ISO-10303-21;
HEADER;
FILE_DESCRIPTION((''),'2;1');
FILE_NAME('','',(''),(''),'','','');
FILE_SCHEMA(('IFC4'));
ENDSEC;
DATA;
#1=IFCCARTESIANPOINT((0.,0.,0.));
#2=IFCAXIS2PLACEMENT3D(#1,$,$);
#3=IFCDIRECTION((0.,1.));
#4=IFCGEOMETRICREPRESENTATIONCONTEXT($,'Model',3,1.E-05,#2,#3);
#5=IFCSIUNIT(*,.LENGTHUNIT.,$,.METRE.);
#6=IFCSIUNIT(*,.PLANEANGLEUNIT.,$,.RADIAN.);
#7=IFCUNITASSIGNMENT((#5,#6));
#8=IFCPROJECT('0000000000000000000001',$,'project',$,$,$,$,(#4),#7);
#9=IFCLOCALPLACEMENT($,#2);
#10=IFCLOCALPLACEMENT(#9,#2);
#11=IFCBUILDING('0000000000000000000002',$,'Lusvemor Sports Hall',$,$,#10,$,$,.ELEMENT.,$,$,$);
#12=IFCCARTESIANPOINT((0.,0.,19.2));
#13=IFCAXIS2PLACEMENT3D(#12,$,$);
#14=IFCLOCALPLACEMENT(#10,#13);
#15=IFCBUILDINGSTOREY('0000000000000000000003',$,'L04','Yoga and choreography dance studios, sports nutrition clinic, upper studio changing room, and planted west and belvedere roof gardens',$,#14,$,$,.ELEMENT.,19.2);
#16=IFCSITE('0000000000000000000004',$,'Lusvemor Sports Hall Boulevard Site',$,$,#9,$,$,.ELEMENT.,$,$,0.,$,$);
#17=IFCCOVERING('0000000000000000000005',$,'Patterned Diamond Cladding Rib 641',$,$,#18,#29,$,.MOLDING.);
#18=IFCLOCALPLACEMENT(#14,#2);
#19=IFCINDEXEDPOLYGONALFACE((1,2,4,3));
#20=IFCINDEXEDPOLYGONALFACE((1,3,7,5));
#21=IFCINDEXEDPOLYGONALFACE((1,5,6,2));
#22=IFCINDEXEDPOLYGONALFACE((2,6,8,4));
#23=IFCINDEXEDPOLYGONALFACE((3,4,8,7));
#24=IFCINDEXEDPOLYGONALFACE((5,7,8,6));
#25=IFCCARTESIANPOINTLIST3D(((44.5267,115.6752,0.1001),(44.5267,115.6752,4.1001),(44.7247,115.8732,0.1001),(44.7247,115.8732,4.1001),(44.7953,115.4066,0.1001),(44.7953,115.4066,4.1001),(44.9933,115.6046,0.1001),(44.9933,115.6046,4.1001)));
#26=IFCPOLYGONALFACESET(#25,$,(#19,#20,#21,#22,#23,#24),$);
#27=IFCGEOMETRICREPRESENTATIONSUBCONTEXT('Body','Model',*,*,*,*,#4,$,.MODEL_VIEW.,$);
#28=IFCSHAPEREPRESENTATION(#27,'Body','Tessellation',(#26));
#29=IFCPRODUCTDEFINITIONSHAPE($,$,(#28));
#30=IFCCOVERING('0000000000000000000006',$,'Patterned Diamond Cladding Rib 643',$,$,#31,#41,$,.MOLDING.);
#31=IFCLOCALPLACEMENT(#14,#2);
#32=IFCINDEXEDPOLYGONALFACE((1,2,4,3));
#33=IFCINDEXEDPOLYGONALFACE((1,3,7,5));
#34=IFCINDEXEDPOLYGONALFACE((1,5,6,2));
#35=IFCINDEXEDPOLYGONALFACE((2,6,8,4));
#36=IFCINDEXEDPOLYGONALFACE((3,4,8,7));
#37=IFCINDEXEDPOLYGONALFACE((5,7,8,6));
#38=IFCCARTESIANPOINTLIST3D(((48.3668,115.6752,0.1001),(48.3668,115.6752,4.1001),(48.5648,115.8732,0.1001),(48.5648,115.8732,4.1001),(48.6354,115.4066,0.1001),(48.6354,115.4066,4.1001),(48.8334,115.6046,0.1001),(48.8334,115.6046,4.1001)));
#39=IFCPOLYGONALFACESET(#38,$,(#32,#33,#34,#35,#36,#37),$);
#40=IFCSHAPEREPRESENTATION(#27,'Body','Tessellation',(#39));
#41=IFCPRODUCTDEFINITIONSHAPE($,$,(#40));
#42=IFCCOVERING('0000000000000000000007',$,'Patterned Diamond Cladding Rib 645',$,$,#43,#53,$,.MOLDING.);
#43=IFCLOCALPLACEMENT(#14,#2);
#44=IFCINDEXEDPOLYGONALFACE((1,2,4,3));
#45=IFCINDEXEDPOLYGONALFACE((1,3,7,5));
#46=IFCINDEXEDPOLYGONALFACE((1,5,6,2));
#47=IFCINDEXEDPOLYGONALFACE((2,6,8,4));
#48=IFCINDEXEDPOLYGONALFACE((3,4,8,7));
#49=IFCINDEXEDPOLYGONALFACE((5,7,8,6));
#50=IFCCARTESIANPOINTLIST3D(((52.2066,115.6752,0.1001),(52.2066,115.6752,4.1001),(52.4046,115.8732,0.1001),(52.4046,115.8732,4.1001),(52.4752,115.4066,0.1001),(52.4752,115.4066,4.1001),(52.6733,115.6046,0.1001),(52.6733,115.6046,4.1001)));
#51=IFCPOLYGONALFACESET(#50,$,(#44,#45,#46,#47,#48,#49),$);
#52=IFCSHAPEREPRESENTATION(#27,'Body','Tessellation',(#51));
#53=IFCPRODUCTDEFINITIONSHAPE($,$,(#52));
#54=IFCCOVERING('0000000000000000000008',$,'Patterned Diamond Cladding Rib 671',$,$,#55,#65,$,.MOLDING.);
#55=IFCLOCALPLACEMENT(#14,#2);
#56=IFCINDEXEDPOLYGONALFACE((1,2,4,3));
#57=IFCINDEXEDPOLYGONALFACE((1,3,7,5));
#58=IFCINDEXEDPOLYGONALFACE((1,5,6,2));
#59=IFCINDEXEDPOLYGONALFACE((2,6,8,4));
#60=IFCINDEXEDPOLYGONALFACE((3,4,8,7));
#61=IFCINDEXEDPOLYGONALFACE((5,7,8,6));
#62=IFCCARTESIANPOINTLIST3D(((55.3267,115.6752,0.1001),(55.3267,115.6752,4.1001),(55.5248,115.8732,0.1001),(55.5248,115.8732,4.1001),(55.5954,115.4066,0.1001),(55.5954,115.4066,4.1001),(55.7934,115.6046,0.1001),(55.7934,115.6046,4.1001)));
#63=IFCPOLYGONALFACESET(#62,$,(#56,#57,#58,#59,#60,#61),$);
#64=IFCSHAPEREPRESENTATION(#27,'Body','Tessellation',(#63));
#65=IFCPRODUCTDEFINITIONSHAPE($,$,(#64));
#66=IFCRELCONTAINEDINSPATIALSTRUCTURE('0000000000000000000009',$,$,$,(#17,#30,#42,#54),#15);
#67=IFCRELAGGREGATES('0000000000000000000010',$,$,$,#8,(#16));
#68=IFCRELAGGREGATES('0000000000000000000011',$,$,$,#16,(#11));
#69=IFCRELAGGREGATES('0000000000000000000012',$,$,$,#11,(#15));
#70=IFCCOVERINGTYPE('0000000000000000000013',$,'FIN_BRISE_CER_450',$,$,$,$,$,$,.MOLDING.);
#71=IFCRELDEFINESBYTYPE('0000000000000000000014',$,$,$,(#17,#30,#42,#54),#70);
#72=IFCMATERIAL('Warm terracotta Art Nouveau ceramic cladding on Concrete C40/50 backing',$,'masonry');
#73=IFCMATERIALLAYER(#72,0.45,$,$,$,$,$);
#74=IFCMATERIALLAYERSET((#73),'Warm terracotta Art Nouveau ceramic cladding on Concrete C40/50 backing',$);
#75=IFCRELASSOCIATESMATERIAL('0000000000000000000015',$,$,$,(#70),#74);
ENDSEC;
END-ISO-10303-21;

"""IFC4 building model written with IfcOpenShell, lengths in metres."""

from ifc_helpers import new_model, si_unit, direction, frame, origin, origin_2d, place, context, subcontext, project, spatial, rectangle, extrude, material, layer, layer_set, type_object, element, save


model = new_model("IFC4")

# Units and contexts
model_context = context("Model", 3, precision=1e-05, world=origin(), true_north=direction((0.0, 1.0)))
body_context = subcontext(model_context, "Body", "Model", "MODEL_VIEW")
ifc_project = project(units=[si_unit("LENGTHUNIT", "METRE"), si_unit("PLANEANGLEUNIT", "RADIAN")], contexts=[model_context])

# Site, building, storey
site_placement = place(None, origin())
site = spatial("IfcSite", under=ifc_project, at=site_placement, Name="Lusvemor Sports Hall Boulevard Site", CompositionType="ELEMENT", RefElevation=0.0)
building_placement = place(site_placement, origin())
building = spatial("IfcBuilding", under=site, at=building_placement, Name="Lusvemor Sports Hall", CompositionType="ELEMENT")
storey_placement = place(building_placement, frame((0.0, 0.0, 19.2)))
storey = spatial("IfcBuildingStorey", under=building, at=storey_placement, Name="L04", Description="Yoga and choreography dance studios, sports nutrition clinic, upper studio changing room, and planted west and belvedere roof gardens", CompositionType="ELEMENT", Elevation=19.2)

# Coverings
ifc_material_1 = material(Name="Warm terracotta Art Nouveau ceramic cladding on Concrete C40/50 backing", Category="masonry")
ifc_layer_1 = layer(ifc_material_1, 0.45)
ifc_layer_set_1 = layer_set([ifc_layer_1], Name="Warm terracotta Art Nouveau ceramic cladding on Concrete C40/50 backing")
covering_type_1 = type_object("IfcCoveringType", Name="FIN_BRISE_CER_450", PredefinedType="MOLDING", material=ifc_layer_set_1)
for number, where, z_axis, x_axis, name in (
    (1, (44.76, 115.6399, 0.1001), (0.0, 0.0, 1.0), (0.707107, 0.707107, 0.0), "Patterned Diamond Cladding Rib 641"),
    (2, (48.6001, 115.6399, 0.1001), (0.0, 0.0, 1.0), (0.707107, 0.707107, 0.0), "Patterned Diamond Cladding Rib 643"),
    (3, (52.4399, 115.6399, 0.1001), (0.0, 0.0, 1.0), (0.707107, 0.707107, 0.0), "Patterned Diamond Cladding Rib 645"),
    (4, (55.5601, 115.6399, 0.1001), (0.0, 0.0, 1.0), (0.707107, 0.707107, 0.0), "Patterned Diamond Cladding Rib 671"),
):
    element("IfcCovering", number, at=place(storey_placement, frame(where, z_axis=z_axis, x_axis=x_axis)), inside=storey, type_object=covering_type_1, Name=name, PredefinedType="MOLDING", context=body_context, shape_type="SweptSolid", body=[
        extrude(rectangle(XDim=0.28, YDim=0.3799, at=origin_2d()), origin(), (0.0, 0.0, 1.0), 4.0),
    ])

save(model, "model.ifc")
